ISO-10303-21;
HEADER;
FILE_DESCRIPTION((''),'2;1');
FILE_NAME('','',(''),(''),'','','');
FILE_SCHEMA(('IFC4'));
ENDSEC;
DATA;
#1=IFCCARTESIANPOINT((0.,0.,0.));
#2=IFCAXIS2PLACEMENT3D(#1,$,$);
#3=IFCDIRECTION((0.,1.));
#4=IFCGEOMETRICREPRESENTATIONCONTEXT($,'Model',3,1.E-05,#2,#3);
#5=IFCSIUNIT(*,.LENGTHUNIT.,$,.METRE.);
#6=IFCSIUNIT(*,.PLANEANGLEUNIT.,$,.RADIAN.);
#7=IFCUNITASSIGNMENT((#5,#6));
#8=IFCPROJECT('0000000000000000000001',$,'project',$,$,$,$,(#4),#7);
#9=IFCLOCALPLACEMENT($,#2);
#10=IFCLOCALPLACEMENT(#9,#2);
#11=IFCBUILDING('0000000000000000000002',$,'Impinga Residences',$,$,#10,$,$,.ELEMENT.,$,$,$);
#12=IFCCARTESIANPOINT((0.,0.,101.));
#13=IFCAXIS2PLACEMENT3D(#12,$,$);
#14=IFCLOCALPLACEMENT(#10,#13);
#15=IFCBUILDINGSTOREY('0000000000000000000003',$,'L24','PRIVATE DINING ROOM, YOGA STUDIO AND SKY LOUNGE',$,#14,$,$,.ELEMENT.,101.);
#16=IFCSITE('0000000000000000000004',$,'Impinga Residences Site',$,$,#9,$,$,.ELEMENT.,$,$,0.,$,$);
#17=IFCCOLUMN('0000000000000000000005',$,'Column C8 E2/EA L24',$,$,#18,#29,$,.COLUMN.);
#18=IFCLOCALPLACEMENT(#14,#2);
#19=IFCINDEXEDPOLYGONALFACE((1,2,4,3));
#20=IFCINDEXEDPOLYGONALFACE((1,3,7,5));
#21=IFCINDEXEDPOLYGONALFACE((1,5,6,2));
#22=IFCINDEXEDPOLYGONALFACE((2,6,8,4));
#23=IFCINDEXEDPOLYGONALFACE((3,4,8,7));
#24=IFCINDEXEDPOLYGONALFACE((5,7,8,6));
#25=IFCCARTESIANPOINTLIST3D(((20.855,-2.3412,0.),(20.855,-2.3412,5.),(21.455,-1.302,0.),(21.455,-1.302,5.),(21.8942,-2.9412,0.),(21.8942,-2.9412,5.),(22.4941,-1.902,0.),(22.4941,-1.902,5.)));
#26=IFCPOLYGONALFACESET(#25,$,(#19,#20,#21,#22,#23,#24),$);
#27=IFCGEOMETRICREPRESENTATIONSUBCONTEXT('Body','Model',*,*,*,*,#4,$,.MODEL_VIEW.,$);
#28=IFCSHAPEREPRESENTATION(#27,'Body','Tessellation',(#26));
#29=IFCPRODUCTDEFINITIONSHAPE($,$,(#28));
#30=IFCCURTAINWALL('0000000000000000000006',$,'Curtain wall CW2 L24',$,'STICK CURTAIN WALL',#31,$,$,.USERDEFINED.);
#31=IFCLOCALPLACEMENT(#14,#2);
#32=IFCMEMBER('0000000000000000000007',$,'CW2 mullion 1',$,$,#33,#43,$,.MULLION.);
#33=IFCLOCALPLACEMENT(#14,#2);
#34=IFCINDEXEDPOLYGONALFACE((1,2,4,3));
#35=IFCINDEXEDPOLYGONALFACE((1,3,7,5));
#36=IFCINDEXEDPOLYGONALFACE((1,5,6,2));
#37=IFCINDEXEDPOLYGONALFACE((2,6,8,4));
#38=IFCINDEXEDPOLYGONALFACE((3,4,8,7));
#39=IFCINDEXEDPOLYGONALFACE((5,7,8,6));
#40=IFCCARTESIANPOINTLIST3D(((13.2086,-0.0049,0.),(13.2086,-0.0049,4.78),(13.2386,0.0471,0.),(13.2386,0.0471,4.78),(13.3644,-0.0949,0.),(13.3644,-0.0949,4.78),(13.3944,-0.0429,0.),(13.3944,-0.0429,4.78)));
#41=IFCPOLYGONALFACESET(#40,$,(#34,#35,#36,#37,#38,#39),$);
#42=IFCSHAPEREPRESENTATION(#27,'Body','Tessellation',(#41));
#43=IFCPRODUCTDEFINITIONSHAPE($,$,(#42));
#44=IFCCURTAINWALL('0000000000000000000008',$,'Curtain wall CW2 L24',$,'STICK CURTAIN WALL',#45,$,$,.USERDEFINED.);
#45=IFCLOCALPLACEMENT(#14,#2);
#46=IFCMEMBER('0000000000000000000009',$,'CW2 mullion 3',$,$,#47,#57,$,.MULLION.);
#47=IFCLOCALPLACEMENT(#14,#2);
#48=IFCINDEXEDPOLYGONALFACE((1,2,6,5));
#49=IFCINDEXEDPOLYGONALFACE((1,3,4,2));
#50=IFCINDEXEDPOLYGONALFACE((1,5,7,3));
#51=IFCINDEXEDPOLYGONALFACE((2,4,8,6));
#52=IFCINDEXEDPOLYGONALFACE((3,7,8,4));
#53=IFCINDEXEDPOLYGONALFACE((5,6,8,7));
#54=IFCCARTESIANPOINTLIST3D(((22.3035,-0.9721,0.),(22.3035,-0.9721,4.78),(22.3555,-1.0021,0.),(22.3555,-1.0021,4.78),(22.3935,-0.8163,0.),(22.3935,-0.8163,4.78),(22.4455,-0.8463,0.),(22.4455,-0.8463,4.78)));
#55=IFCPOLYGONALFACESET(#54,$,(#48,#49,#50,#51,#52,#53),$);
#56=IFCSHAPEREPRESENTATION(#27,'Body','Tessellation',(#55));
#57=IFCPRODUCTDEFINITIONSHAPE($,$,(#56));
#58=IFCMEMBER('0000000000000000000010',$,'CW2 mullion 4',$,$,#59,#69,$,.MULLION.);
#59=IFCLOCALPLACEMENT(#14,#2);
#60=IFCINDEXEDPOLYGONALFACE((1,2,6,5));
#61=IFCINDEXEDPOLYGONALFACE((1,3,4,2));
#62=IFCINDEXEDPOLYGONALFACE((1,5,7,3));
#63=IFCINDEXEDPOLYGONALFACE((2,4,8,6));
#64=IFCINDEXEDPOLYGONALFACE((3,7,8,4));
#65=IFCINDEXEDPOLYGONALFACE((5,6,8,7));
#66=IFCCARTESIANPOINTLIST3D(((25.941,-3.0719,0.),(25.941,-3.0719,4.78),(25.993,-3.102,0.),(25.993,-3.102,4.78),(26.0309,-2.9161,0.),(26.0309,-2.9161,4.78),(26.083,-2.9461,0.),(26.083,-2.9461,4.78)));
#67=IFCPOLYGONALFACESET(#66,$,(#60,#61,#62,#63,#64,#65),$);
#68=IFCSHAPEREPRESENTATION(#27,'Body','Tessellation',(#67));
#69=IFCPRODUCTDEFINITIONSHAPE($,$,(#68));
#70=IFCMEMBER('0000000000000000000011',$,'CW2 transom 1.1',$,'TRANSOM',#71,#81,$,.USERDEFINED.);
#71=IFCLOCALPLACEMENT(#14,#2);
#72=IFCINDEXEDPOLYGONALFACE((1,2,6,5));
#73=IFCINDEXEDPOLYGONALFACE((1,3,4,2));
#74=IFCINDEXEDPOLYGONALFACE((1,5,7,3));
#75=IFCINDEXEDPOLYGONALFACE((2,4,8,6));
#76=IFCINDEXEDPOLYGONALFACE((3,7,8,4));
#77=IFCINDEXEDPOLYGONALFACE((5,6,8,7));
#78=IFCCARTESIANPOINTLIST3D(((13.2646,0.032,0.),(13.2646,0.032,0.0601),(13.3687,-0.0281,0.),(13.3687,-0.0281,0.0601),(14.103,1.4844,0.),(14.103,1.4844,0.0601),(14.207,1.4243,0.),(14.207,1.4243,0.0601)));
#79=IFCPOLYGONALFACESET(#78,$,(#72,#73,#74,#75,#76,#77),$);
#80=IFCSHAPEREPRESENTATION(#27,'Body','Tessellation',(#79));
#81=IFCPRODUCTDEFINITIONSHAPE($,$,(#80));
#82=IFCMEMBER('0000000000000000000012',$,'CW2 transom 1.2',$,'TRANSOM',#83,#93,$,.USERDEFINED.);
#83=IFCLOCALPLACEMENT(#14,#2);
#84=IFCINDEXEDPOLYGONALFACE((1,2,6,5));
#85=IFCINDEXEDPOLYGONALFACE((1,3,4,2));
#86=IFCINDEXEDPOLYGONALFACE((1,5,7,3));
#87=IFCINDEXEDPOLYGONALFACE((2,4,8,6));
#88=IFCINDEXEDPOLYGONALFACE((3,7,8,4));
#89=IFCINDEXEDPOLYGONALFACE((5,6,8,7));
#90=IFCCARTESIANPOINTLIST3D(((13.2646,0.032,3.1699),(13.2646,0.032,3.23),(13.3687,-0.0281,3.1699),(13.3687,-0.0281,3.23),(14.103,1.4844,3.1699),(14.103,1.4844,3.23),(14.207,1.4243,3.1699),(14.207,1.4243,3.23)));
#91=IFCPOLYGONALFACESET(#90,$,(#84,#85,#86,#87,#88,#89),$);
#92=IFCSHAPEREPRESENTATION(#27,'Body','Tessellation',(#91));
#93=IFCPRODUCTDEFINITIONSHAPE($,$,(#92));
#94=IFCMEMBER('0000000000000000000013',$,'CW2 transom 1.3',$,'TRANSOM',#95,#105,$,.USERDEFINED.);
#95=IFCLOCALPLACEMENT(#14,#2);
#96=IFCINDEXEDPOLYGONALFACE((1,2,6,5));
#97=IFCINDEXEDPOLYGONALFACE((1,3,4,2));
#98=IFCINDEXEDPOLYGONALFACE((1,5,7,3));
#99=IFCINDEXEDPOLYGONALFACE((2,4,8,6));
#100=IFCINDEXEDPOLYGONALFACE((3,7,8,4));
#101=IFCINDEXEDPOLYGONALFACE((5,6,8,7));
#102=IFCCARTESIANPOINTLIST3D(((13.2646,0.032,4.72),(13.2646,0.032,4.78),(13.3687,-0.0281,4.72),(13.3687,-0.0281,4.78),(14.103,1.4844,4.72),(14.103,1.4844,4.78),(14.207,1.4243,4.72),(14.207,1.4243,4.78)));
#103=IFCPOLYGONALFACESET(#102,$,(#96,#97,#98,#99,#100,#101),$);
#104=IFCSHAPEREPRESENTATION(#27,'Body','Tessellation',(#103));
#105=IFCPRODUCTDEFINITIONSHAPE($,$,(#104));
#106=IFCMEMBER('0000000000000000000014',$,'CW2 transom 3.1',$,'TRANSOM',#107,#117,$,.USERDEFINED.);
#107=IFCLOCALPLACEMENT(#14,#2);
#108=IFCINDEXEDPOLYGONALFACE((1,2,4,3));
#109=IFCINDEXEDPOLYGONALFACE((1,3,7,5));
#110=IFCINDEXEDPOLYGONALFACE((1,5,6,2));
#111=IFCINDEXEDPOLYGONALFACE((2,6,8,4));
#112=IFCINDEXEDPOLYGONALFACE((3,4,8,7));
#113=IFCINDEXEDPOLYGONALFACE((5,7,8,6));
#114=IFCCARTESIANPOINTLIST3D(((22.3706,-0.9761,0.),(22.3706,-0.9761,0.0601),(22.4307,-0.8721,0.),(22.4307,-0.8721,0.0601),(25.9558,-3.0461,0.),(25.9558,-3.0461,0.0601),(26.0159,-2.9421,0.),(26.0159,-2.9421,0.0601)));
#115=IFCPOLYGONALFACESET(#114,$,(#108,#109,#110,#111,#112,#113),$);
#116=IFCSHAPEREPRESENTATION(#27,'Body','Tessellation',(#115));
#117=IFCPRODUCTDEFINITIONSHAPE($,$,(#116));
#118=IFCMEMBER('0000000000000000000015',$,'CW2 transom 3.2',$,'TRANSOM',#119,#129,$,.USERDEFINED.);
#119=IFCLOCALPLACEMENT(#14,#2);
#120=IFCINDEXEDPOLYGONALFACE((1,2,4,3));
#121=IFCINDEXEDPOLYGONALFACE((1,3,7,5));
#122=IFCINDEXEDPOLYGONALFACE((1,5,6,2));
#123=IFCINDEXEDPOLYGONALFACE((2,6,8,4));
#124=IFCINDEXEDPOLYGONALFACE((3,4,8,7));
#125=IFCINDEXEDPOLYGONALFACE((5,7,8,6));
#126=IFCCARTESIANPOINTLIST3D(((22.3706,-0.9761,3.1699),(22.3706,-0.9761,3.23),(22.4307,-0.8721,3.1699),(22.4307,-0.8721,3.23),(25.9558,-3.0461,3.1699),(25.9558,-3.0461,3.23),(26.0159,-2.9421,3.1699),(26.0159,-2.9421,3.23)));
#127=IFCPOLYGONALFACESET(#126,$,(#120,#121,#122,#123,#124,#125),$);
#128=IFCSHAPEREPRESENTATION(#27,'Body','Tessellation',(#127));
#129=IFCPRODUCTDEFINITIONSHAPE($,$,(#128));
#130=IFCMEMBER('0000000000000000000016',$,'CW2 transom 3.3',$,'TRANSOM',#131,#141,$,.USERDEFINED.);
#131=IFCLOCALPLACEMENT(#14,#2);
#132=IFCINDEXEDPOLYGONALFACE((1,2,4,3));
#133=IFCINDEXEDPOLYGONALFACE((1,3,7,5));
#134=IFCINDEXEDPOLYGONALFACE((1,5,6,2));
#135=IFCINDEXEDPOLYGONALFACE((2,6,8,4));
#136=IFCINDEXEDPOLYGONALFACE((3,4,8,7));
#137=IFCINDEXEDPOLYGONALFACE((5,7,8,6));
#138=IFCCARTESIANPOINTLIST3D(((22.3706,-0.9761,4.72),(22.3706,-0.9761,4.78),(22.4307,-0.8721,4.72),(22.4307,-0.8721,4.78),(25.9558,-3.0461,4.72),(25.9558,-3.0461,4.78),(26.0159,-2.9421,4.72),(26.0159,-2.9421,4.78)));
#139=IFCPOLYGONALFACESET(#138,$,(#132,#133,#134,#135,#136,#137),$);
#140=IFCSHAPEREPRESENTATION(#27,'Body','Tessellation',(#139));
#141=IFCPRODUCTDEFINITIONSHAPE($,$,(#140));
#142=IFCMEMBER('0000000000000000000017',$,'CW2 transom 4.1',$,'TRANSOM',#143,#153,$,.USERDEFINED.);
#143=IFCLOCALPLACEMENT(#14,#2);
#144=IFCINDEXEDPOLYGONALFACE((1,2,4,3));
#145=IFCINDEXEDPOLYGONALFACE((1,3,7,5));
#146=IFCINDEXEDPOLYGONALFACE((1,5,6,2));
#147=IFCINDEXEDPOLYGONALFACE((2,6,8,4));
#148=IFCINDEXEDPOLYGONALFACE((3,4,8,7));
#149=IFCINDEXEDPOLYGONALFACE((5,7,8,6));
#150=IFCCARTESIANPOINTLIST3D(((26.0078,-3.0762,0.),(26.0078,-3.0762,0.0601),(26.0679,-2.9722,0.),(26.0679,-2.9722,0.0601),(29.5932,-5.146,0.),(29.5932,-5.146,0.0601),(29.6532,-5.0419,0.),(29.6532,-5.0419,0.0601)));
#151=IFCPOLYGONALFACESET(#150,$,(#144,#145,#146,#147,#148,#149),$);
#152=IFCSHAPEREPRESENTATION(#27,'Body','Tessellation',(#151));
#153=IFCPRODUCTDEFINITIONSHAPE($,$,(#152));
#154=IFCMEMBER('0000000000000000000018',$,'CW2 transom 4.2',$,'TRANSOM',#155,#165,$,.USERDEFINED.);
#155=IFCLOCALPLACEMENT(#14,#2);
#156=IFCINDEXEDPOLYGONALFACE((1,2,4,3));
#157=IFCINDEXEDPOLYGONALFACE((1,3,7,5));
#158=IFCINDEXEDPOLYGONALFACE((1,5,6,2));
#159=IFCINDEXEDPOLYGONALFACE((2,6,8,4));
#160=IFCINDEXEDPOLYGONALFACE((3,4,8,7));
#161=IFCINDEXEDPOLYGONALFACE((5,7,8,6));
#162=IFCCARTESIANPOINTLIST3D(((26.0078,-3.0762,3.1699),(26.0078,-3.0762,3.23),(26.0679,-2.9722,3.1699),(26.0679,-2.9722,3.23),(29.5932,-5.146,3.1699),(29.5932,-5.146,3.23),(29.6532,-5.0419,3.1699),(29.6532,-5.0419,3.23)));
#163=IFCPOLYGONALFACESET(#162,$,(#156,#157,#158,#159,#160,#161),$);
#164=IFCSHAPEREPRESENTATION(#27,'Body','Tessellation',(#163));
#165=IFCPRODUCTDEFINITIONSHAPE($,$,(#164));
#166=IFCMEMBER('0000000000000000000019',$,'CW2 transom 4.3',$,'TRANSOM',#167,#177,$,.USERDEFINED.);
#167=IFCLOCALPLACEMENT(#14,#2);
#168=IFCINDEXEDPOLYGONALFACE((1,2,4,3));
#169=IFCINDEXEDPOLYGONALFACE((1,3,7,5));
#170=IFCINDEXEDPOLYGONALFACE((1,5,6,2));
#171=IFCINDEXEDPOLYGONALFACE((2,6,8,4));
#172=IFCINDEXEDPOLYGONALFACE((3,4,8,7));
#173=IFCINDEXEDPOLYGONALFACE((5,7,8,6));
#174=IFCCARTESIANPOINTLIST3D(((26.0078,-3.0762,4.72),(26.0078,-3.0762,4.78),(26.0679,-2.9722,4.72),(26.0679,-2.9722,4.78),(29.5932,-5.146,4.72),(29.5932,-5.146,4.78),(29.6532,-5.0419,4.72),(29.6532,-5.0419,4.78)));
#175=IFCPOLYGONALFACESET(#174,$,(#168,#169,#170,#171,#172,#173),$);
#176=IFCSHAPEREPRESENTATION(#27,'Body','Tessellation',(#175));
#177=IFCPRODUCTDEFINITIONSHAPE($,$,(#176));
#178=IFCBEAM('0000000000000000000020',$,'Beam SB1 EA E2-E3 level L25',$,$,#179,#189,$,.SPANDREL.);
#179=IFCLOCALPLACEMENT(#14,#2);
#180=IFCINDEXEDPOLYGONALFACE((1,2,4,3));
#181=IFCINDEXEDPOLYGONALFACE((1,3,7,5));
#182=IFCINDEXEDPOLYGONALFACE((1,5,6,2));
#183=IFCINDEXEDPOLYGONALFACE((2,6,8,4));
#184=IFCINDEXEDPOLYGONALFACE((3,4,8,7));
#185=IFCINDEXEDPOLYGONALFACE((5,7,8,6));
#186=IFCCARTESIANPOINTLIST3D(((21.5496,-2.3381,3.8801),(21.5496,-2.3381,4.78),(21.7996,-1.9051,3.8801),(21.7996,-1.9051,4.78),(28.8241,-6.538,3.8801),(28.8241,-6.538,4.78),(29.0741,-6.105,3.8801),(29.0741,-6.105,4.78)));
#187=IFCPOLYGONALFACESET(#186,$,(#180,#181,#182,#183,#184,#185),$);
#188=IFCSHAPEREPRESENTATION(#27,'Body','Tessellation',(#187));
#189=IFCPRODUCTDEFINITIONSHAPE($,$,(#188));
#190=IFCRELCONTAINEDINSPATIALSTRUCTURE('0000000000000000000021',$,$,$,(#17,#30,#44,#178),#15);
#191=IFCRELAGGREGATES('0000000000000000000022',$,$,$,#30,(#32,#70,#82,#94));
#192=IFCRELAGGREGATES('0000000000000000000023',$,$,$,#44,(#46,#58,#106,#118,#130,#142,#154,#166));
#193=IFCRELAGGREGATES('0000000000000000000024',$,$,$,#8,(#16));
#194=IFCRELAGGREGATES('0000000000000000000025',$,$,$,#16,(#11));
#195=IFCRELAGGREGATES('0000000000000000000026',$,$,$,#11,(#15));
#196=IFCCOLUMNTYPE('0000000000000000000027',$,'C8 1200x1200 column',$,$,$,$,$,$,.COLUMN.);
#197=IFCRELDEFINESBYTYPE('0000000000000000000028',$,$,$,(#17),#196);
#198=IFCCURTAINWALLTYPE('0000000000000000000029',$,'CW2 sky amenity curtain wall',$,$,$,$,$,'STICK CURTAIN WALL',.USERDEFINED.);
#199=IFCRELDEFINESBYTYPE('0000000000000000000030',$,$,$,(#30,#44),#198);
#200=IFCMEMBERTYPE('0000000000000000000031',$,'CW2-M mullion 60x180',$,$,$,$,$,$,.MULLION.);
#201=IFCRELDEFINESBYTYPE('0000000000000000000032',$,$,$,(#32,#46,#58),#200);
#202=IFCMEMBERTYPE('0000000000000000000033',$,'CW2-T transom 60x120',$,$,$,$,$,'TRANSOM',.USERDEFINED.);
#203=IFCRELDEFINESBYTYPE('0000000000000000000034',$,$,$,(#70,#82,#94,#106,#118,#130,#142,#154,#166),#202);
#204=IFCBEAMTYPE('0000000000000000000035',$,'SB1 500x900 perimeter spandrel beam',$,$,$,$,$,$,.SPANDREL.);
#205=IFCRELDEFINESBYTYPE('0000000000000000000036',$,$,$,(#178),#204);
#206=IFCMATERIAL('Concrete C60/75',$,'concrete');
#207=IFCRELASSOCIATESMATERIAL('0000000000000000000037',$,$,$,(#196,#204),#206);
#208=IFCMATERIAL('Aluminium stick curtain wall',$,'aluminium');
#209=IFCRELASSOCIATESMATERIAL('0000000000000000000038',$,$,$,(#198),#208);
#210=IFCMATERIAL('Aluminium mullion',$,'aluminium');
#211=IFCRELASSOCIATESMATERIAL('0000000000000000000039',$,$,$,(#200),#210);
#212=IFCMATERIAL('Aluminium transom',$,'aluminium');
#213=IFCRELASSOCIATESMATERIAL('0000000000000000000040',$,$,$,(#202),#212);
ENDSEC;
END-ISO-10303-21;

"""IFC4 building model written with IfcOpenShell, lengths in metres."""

from ifc_helpers import new_model, si_unit, direction, frame, origin, origin_2d, place, context, subcontext, project, spatial, rectangle, extrude, material, material_profile, profile_set, type_object, element, aggregate, save


model = new_model("IFC4")

# Units and contexts
model_context = context("Model", 3, precision=1e-05, world=origin(), true_north=direction((0.0, 1.0)))
body_context = subcontext(model_context, "Body", "Model", "MODEL_VIEW")
ifc_project = project(units=[si_unit("LENGTHUNIT", "METRE"), si_unit("PLANEANGLEUNIT", "RADIAN")], contexts=[model_context])

# Site, building, storey
site_placement = place(None, origin())
site = spatial("IfcSite", under=ifc_project, at=site_placement, Name="Impinga Residences Site", CompositionType="ELEMENT", RefElevation=0.0)
building_placement = place(site_placement, origin())
building = spatial("IfcBuilding", under=site, at=building_placement, Name="Impinga Residences", CompositionType="ELEMENT")
storey_placement = place(building_placement, frame((0.0, 0.0, 101.0)))
storey = spatial("IfcBuildingStorey", under=building, at=storey_placement, Name="L24", Description="PRIVATE DINING ROOM, YOGA STUDIO AND SKY LOUNGE", CompositionType="ELEMENT", Elevation=101.0)

# Column
ifc_material_1 = material(Name="Concrete C60/75", Category="concrete")
ifc_material_profile_1 = material_profile(ifc_material_1, rectangle(XDim=1.2, YDim=1.2, at=origin_2d()), Name="RC 1200x1200")
ifc_profile_set_1 = profile_set([ifc_material_profile_1], Name="Concrete C60/75")
column_type = type_object("IfcColumnType", Name="C8 1200x1200 column", PredefinedType="COLUMN", material=ifc_profile_set_1)
column_placement = place(storey_placement, frame((21.6746, -2.1216, 0.0), z_axis=(0.0, 0.0, 1.0), x_axis=(-0.5, -0.866025, 0.0)))
element("IfcColumn", 1, at=column_placement, inside=storey, type_object=column_type, Name="Column C8 E2/EA L24", PredefinedType="COLUMN", context=body_context, shape_type="SweptSolid", body=[
    extrude(rectangle(XDim=1.2, YDim=1.2, at=origin_2d()), origin(), (0.0, 0.0, 1.0), 5.0),
])

# Curtain wall, member
ifc_material_2 = material(Name="Aluminium stick curtain wall", Category="aluminium")
curtain_wall_type = type_object("IfcCurtainWallType", Name="CW2 sky amenity curtain wall", ElementType="STICK CURTAIN WALL", PredefinedType="USERDEFINED", material=ifc_material_2)
curtain_wall_1_placement = place(storey_placement, origin())
curtain_wall_1 = element("IfcCurtainWall", 2, at=curtain_wall_1_placement, inside=storey, type_object=curtain_wall_type, Name="Curtain wall CW2 L24", ObjectType="STICK CURTAIN WALL", PredefinedType="USERDEFINED")
ifc_material_3 = material(Name="Aluminium mullion", Category="aluminium")
ifc_material_profile_2 = material_profile(ifc_material_3, rectangle(XDim=0.0601, YDim=0.1799, at=origin_2d()), Name="60x180 mullion")
ifc_profile_set_2 = profile_set([ifc_material_profile_2], Name="Aluminium mullion")
member_type_1 = type_object("IfcMemberType", Name="CW2-M mullion 60x180", PredefinedType="MULLION", material=ifc_profile_set_2)
member_1_placement = place(storey_placement, frame((13.3015, -0.0239, 0.0), z_axis=(0.0, 0.0, 1.0), x_axis=(0.5, 0.866025, 0.0)))
member_1 = element("IfcMember", 3, at=member_1_placement, type_object=member_type_1, Name="CW2 mullion 1", PredefinedType="MULLION", context=body_context, shape_type="SweptSolid", body=[
    extrude(rectangle(XDim=0.0601, YDim=0.1799, at=origin_2d()), origin(), (0.0, 0.0, 1.0), 4.78),
])

# Curtain wall, members
curtain_wall_2_placement = place(storey_placement, origin())
curtain_wall_2 = element("IfcCurtainWall", 4, at=curtain_wall_2_placement, inside=storey, type_object=curtain_wall_type, Name="Curtain wall CW2 L24", ObjectType="STICK CURTAIN WALL", PredefinedType="USERDEFINED")
member_2_placement = place(storey_placement, frame((22.3745, -0.9092, 0.0), z_axis=(0.0, 0.0, 1.0), x_axis=(0.866025, -0.5, 0.0)))
member_2 = element("IfcMember", 5, at=member_2_placement, type_object=member_type_1, Name="CW2 mullion 3", PredefinedType="MULLION", context=body_context, shape_type="SweptSolid", body=[
    extrude(rectangle(XDim=0.0601, YDim=0.1799, at=origin_2d()), origin(), (0.0, 0.0, 1.0), 4.78),
])
member_3_placement = place(storey_placement, frame((26.012, -3.009, 0.0), z_axis=(0.0, 0.0, 1.0), x_axis=(0.866025, -0.5, 0.0)))
member_3 = element("IfcMember", 6, at=member_3_placement, type_object=member_type_1, Name="CW2 mullion 4", PredefinedType="MULLION", context=body_context, shape_type="SweptSolid", body=[
    extrude(rectangle(XDim=0.0601, YDim=0.1799, at=origin_2d()), origin(), (0.0, 0.0, 1.0), 4.78),
])

# Members
ifc_material_4 = material(Name="Aluminium transom", Category="aluminium")
ifc_material_profile_3 = material_profile(ifc_material_4, rectangle(XDim=0.0601, YDim=0.1201, at=origin_2d()), Name="60x120 transom")
ifc_profile_set_3 = profile_set([ifc_material_profile_3], Name="Aluminium transom")
member_type_2 = type_object("IfcMemberType", Name="CW2-T transom 60x120", ElementType="TRANSOM", PredefinedType="USERDEFINED", material=ifc_profile_set_3)
member_4_placement = place(storey_placement, frame((13.3167, 0.002, 0.03), z_axis=(0.499928, 0.866067, 0.0), x_axis=(0.0, 0.0, 1.0)))
member_4 = element("IfcMember", 7, at=member_4_placement, type_object=member_type_2, Name="CW2 transom 1.1", ObjectType="TRANSOM", PredefinedType="USERDEFINED", context=body_context, shape_type="SweptSolid", body=[
    extrude(rectangle(XDim=0.0601, YDim=0.1201, at=origin_2d()), origin(), (0.0, 0.0, 1.0), 1.677),
])
member_5_placement = place(storey_placement, frame((13.3167, 0.002, 3.2), z_axis=(0.499928, 0.866067, 0.0), x_axis=(0.0, 0.0, 1.0)))
member_5 = element("IfcMember", 8, at=member_5_placement, type_object=member_type_2, Name="CW2 transom 1.2", ObjectType="TRANSOM", PredefinedType="USERDEFINED", context=body_context, shape_type="SweptSolid", body=[
    extrude(rectangle(XDim=0.0601, YDim=0.1201, at=origin_2d()), origin(), (0.0, 0.0, 1.0), 1.677),
])
member_6_placement = place(storey_placement, frame((13.3167, 0.002, 4.75), z_axis=(0.499928, 0.866067, 0.0), x_axis=(0.0, 0.0, 1.0)))
member_6 = element("IfcMember", 9, at=member_6_placement, type_object=member_type_2, Name="CW2 transom 1.3", ObjectType="TRANSOM", PredefinedType="USERDEFINED", context=body_context, shape_type="SweptSolid", body=[
    extrude(rectangle(XDim=0.0601, YDim=0.1201, at=origin_2d()), origin(), (0.0, 0.0, 1.0), 1.677),
])
aggregate(curtain_wall_1, [member_1, member_4, member_5, member_6])
member_7_placement = place(storey_placement, frame((22.4006, -0.9241, 0.03), z_axis=(0.86601, -0.500027, 0.0), x_axis=(0.0, 0.0, 1.0)))
member_7 = element("IfcMember", 10, at=member_7_placement, type_object=member_type_2, Name="CW2 transom 3.1", ObjectType="TRANSOM", PredefinedType="USERDEFINED", context=body_context, shape_type="SweptSolid", body=[
    extrude(rectangle(XDim=0.0601, YDim=0.1201, at=origin_2d()), origin(), (0.0, 0.0, 1.0), 4.1399),
])
member_8_placement = place(storey_placement, frame((22.4006, -0.9241, 3.2), z_axis=(0.86601, -0.500027, 0.0), x_axis=(0.0, 0.0, 1.0)))
member_8 = element("IfcMember", 11, at=member_8_placement, type_object=member_type_2, Name="CW2 transom 3.2", ObjectType="TRANSOM", PredefinedType="USERDEFINED", context=body_context, shape_type="SweptSolid", body=[
    extrude(rectangle(XDim=0.0601, YDim=0.1201, at=origin_2d()), origin(), (0.0, 0.0, 1.0), 4.1399),
])
member_9_placement = place(storey_placement, frame((22.4006, -0.9241, 4.75), z_axis=(0.86601, -0.500027, 0.0), x_axis=(0.0, 0.0, 1.0)))
member_9 = element("IfcMember", 12, at=member_9_placement, type_object=member_type_2, Name="CW2 transom 3.3", ObjectType="TRANSOM", PredefinedType="USERDEFINED", context=body_context, shape_type="SweptSolid", body=[
    extrude(rectangle(XDim=0.0601, YDim=0.1201, at=origin_2d()), origin(), (0.0, 0.0, 1.0), 4.1399),
])
member_10_placement = place(storey_placement, frame((26.0378, -3.0242, 0.03), z_axis=(0.86605, -0.499957, 0.0), x_axis=(0.0, 0.0, 1.0)))
member_10 = element("IfcMember", 13, at=member_10_placement, type_object=member_type_2, Name="CW2 transom 4.1", ObjectType="TRANSOM", PredefinedType="USERDEFINED", context=body_context, shape_type="SweptSolid", body=[
    extrude(rectangle(XDim=0.0601, YDim=0.1201, at=origin_2d()), origin(), (0.0, 0.0, 1.0), 4.1399),
])
member_11_placement = place(storey_placement, frame((26.0378, -3.0242, 3.2), z_axis=(0.86605, -0.499957, 0.0), x_axis=(0.0, 0.0, 1.0)))
member_11 = element("IfcMember", 14, at=member_11_placement, type_object=member_type_2, Name="CW2 transom 4.2", ObjectType="TRANSOM", PredefinedType="USERDEFINED", context=body_context, shape_type="SweptSolid", body=[
    extrude(rectangle(XDim=0.0601, YDim=0.1201, at=origin_2d()), origin(), (0.0, 0.0, 1.0), 4.1399),
])
member_12_placement = place(storey_placement, frame((26.0378, -3.0242, 4.75), z_axis=(0.86605, -0.499957, 0.0), x_axis=(0.0, 0.0, 1.0)))
member_12 = element("IfcMember", 15, at=member_12_placement, type_object=member_type_2, Name="CW2 transom 4.3", ObjectType="TRANSOM", PredefinedType="USERDEFINED", context=body_context, shape_type="SweptSolid", body=[
    extrude(rectangle(XDim=0.0601, YDim=0.1201, at=origin_2d()), origin(), (0.0, 0.0, 1.0), 4.1399),
])

# Beam
ifc_material_profile_4 = material_profile(ifc_material_1, rectangle(XDim=0.5, YDim=0.8999, at=origin_2d()), Name="RC 500x900")
ifc_profile_set_4 = profile_set([ifc_material_profile_4], Name="Concrete C60/75")
beam_type = type_object("IfcBeamType", Name="SB1 500x900 perimeter spandrel beam", PredefinedType="SPANDREL", material=ifc_profile_set_4)
beam_placement = place(storey_placement, frame((21.6746, -2.1216, 4.3301), z_axis=(0.866029, -0.499993, 0.0), x_axis=(0.499993, 0.866029, 0.0)))
element("IfcBeam", 16, at=beam_placement, inside=storey, type_object=beam_type, Name="Beam SB1 EA E2-E3 level L25", PredefinedType="SPANDREL", context=body_context, shape_type="SweptSolid", body=[
    extrude(rectangle(XDim=0.5, YDim=0.8999, at=origin_2d()), origin(), (0.0, 0.0, 1.0), 8.3999),
])

aggregate(curtain_wall_2, [member_2, member_3, member_7, member_8, member_9, member_10, member_11, member_12])

save(model, "model.ifc")
